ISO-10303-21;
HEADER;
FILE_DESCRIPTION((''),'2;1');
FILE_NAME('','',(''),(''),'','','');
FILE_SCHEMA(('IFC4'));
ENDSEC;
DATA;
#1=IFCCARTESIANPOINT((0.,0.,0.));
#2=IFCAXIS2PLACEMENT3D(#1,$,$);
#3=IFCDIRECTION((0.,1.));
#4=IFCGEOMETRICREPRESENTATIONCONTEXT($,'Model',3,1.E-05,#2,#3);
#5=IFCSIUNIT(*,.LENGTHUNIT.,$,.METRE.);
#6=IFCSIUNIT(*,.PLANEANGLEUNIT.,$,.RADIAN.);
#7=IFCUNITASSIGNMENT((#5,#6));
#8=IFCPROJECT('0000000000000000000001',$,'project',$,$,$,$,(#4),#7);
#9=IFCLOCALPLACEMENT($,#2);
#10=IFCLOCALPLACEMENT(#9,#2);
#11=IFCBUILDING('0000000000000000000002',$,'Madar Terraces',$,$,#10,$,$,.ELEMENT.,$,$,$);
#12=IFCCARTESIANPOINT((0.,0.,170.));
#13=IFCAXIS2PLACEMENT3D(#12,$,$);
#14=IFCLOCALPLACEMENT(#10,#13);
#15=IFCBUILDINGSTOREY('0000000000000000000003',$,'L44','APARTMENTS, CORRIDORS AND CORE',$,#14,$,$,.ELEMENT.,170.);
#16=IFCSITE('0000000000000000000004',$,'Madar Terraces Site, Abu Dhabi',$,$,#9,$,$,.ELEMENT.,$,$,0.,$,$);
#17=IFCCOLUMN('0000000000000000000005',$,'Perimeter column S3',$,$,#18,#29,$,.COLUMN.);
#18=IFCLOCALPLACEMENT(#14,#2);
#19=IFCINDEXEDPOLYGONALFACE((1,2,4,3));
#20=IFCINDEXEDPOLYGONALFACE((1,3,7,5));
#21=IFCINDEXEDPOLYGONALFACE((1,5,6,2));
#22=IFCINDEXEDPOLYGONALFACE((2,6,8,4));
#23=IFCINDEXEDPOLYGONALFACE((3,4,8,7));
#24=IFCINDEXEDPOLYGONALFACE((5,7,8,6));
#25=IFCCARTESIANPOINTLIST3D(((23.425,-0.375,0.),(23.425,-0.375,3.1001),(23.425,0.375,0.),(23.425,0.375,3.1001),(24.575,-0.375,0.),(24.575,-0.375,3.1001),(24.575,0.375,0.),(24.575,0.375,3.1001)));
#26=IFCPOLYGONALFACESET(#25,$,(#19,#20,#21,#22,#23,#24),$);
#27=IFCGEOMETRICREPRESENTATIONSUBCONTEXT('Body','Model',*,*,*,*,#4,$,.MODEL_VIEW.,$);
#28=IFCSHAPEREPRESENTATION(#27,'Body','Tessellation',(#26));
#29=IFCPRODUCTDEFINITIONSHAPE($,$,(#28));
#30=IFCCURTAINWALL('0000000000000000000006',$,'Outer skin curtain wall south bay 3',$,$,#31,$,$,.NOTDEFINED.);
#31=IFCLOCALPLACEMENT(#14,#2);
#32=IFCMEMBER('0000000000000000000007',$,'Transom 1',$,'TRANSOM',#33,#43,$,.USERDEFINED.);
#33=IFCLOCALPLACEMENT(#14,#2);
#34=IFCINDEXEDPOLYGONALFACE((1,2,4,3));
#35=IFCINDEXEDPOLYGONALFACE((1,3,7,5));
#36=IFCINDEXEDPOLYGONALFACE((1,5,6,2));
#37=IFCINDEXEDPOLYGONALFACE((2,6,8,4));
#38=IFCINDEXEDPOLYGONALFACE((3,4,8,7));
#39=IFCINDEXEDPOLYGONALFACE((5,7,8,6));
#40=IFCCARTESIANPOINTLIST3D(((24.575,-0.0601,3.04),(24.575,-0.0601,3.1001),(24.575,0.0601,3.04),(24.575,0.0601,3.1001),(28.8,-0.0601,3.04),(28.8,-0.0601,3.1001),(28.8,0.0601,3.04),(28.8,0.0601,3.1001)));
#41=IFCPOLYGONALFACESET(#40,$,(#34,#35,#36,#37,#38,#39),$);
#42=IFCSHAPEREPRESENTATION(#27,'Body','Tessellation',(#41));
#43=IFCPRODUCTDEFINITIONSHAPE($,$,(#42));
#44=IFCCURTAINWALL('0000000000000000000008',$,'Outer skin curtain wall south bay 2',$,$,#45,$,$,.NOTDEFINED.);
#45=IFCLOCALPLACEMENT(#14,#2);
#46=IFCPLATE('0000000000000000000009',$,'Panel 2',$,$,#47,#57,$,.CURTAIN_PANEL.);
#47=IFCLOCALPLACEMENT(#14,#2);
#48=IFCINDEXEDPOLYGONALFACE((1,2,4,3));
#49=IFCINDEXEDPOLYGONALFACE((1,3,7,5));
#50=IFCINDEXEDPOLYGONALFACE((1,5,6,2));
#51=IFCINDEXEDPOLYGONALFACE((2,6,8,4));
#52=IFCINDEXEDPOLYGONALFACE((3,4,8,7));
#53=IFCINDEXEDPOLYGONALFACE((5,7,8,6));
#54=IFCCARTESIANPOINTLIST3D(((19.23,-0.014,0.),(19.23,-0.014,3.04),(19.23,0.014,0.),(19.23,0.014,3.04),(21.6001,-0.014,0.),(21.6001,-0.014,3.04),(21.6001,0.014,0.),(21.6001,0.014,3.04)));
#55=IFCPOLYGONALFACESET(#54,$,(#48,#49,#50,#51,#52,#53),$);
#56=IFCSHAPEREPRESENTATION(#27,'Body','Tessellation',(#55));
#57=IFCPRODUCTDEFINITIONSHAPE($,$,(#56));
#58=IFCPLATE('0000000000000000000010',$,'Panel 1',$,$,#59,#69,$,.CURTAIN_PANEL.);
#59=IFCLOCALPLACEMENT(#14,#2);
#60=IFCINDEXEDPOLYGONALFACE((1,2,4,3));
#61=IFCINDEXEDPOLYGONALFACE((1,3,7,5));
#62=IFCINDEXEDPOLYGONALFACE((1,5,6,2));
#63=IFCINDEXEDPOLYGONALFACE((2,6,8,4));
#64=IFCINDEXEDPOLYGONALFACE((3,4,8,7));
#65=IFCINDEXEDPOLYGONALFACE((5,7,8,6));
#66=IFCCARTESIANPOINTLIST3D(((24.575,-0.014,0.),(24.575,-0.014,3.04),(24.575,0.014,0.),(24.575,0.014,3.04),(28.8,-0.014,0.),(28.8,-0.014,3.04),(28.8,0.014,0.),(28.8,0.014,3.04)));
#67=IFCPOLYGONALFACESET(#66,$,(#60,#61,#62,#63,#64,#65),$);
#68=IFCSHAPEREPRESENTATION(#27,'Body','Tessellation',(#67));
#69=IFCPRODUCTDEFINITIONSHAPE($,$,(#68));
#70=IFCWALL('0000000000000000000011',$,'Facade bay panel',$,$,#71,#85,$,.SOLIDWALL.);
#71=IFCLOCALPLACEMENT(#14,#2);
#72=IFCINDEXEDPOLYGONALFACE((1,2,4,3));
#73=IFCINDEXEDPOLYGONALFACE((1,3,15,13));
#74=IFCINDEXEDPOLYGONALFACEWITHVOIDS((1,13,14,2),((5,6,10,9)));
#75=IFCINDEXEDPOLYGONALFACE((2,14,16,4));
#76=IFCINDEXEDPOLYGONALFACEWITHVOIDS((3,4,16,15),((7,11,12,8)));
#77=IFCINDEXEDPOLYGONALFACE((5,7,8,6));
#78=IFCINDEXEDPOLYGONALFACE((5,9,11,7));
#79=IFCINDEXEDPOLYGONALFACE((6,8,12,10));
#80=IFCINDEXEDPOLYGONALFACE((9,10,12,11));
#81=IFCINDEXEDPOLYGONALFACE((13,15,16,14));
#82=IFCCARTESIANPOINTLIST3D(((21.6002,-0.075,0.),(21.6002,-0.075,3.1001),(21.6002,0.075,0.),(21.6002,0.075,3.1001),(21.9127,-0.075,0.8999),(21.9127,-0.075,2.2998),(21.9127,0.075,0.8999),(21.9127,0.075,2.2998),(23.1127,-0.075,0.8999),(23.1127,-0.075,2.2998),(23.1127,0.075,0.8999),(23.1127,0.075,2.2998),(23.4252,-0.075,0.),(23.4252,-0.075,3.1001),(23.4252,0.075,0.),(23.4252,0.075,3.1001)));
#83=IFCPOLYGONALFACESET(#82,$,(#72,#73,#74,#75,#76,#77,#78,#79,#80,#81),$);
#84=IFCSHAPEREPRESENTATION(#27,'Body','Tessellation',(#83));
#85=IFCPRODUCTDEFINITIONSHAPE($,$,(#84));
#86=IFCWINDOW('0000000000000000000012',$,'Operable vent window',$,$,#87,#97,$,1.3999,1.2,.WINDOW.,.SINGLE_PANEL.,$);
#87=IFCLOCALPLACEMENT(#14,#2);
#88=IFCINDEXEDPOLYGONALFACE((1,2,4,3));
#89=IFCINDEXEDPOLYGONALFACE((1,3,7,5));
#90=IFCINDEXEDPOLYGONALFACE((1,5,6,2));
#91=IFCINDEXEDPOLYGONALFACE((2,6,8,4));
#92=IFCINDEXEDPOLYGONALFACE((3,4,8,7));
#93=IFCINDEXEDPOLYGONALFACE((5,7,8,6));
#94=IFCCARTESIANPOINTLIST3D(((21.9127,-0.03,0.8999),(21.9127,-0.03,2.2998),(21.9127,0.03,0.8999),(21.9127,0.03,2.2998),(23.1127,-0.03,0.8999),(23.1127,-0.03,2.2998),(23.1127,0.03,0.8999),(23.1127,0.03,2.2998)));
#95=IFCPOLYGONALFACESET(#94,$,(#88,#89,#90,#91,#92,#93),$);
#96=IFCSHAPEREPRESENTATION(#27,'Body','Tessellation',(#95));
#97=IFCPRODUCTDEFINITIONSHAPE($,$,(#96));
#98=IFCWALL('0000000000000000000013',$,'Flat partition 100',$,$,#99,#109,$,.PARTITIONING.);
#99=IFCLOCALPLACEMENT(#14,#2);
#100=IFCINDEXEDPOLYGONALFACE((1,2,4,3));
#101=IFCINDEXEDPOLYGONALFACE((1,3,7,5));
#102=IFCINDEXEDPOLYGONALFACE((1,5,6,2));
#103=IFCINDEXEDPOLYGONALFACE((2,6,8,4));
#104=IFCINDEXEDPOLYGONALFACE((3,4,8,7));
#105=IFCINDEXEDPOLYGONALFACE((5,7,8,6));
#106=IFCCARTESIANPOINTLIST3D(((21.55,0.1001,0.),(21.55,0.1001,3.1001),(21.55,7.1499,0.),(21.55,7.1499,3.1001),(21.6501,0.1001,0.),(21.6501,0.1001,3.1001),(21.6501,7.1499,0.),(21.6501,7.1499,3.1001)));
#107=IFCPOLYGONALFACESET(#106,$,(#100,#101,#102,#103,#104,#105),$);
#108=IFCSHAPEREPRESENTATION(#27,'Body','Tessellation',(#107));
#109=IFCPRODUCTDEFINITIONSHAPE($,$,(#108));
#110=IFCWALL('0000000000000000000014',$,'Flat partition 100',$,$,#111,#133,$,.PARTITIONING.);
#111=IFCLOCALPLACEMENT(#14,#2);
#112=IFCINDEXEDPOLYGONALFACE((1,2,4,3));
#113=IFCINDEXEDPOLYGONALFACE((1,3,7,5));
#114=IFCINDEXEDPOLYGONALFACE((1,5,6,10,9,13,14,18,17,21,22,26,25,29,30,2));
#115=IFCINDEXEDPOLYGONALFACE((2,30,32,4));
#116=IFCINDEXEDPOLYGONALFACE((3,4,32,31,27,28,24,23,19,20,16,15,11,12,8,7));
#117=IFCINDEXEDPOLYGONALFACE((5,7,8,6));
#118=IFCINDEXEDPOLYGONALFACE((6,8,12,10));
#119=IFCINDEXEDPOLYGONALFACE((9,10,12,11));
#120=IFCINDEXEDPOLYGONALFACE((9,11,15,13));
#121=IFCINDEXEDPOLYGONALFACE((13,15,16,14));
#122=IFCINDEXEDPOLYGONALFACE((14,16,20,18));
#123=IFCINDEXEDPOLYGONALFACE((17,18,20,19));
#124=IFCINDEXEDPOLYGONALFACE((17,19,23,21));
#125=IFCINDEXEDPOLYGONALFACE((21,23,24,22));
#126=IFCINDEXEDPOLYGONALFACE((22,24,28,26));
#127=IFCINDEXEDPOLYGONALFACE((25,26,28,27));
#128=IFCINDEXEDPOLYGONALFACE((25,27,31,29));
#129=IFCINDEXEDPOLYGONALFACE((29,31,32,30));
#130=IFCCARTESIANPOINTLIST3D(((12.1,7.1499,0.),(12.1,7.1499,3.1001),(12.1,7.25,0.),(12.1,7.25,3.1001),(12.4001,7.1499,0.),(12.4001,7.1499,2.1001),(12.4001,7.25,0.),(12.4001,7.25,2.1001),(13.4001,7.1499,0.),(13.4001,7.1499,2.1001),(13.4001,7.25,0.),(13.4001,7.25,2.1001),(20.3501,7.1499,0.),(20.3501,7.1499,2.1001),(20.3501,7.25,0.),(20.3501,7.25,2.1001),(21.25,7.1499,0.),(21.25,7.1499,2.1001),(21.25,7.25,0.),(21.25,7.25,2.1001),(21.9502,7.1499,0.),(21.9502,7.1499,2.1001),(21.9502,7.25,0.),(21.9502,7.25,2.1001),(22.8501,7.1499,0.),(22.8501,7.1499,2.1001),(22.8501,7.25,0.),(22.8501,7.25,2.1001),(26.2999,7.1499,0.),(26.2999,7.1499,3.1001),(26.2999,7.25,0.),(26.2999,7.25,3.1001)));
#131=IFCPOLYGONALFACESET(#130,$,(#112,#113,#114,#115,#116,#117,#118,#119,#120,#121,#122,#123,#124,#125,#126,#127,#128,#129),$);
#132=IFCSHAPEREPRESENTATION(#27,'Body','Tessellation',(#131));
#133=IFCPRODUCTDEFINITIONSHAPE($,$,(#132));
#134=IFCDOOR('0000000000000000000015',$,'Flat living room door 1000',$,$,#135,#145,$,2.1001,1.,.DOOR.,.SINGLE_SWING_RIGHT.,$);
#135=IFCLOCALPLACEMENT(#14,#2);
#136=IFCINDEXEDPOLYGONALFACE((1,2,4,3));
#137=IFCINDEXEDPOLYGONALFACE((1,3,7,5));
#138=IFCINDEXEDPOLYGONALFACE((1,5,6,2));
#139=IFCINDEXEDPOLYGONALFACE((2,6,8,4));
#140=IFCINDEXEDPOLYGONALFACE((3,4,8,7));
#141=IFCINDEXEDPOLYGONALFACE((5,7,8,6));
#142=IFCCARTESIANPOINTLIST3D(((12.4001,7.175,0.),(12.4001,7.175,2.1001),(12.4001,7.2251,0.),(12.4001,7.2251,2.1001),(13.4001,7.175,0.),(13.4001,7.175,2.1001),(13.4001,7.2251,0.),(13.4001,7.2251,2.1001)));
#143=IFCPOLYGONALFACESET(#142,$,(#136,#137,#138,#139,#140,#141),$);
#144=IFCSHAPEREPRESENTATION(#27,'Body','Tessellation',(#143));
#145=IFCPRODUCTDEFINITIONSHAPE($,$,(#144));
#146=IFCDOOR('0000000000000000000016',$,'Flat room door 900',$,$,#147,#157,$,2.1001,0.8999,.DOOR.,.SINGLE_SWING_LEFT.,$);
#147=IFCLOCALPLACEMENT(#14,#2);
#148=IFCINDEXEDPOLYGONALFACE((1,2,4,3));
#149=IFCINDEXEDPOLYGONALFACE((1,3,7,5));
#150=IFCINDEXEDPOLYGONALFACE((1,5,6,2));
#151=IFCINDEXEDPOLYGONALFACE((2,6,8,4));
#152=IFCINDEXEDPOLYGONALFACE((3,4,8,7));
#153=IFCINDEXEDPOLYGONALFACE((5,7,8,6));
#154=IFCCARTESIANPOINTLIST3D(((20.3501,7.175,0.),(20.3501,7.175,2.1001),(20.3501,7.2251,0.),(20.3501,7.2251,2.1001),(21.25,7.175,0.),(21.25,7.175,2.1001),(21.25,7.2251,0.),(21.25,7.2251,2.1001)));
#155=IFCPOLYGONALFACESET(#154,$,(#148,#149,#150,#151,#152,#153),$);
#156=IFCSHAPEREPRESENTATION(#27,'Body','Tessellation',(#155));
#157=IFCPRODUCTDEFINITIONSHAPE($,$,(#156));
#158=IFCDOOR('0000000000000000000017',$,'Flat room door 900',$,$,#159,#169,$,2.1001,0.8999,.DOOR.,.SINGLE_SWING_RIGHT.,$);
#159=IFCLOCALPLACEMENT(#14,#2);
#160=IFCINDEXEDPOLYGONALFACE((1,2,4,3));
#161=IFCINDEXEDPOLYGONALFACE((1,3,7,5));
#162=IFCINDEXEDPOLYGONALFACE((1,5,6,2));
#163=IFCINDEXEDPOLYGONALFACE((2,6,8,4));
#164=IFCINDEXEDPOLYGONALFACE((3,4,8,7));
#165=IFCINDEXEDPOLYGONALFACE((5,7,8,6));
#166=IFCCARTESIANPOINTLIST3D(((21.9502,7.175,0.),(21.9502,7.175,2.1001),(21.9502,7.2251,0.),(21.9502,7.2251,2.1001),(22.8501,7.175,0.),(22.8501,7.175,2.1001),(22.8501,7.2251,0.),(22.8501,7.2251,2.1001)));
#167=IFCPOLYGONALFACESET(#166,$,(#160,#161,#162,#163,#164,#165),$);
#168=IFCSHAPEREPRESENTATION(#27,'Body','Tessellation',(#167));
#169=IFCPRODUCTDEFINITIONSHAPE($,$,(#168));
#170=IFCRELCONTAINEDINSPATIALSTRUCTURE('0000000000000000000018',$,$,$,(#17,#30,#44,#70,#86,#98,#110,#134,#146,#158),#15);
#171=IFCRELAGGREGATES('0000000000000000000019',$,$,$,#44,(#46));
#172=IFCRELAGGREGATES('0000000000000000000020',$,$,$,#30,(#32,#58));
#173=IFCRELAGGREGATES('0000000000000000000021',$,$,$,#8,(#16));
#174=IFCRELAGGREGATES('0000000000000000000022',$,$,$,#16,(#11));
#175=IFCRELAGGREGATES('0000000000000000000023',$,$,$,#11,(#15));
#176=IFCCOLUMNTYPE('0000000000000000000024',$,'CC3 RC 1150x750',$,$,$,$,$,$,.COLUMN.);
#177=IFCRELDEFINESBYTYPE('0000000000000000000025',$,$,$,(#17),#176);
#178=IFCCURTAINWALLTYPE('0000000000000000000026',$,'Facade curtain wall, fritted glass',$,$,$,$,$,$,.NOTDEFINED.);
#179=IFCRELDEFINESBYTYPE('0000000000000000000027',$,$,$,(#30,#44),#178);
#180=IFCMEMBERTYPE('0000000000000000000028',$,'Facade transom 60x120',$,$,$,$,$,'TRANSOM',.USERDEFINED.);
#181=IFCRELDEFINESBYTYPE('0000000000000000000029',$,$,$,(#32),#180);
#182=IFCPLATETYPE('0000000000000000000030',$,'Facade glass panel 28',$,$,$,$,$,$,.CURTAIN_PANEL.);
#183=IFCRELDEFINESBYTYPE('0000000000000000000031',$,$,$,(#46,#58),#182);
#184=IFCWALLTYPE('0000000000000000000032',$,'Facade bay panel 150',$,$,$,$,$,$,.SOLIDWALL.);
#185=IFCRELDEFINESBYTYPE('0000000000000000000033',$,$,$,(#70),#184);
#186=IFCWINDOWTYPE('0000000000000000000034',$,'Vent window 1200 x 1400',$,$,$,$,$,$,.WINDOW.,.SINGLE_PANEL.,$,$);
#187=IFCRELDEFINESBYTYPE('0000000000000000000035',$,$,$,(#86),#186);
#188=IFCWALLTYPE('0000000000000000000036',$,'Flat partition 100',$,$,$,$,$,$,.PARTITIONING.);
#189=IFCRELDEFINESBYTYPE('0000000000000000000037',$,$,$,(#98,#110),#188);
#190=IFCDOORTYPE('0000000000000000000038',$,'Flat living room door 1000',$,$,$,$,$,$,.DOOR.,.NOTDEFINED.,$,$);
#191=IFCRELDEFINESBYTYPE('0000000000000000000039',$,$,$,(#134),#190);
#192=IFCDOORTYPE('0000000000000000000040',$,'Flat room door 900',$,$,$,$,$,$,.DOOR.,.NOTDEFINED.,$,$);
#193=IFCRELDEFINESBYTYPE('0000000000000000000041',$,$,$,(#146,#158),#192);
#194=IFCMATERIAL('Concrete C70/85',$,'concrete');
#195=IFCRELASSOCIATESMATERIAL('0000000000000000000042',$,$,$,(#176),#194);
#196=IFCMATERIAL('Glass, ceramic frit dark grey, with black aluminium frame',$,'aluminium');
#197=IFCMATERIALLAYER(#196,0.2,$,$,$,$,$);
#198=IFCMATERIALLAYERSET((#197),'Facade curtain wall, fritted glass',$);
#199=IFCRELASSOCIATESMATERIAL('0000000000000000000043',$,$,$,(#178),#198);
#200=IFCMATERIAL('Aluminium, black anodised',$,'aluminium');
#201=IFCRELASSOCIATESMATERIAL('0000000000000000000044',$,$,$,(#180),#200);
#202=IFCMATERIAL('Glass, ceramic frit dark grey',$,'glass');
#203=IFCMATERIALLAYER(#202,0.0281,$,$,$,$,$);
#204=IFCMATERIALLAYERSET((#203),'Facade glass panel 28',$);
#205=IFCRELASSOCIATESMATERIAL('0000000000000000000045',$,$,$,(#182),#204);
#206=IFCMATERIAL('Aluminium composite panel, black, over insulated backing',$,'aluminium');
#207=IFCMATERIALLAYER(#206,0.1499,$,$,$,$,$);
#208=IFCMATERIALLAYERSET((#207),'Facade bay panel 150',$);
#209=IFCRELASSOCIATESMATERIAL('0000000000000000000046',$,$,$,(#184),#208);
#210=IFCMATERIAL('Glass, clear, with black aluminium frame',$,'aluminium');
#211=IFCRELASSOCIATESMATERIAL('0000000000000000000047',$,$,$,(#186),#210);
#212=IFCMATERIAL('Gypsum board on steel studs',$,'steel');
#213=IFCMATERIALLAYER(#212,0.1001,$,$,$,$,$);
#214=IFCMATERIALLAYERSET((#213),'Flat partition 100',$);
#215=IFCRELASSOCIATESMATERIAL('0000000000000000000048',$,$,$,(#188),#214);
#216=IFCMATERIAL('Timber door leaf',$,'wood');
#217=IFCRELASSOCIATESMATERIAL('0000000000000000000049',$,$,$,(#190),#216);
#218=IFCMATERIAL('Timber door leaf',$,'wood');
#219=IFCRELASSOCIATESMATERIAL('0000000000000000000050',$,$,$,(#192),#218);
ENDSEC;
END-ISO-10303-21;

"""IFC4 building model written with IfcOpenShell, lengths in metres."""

from ifc_helpers import new_model, si_unit, direction, frame, frame_2d, origin, origin_2d, place, context, subcontext, project, spatial, rectangle, extrude, material, layer, layer_set, material_profile, profile_set, type_object, element, fill, aggregate, save


model = new_model("IFC4")

# Units and contexts
model_context = context("Model", 3, precision=1e-05, world=origin(), true_north=direction((0.0, 1.0)))
body_context = subcontext(model_context, "Body", "Model", "MODEL_VIEW")
ifc_project = project(units=[si_unit("LENGTHUNIT", "METRE"), si_unit("PLANEANGLEUNIT", "RADIAN")], contexts=[model_context])

# Site, building, storey
site_placement = place(None, origin())
site = spatial("IfcSite", under=ifc_project, at=site_placement, Name="Madar Terraces Site, Abu Dhabi", CompositionType="ELEMENT", RefElevation=0.0)
building_placement = place(site_placement, origin())
building = spatial("IfcBuilding", under=site, at=building_placement, Name="Madar Terraces", CompositionType="ELEMENT")
storey_placement = place(building_placement, frame((0.0, 0.0, 170.0)))
storey = spatial("IfcBuildingStorey", under=building, at=storey_placement, Name="L44", Description="APARTMENTS, CORRIDORS AND CORE", CompositionType="ELEMENT", Elevation=170.0)

# Column
ifc_material_1 = material(Name="Concrete C70/85", Category="concrete")
ifc_material_profile_1 = material_profile(ifc_material_1, rectangle(XDim=1.1499, YDim=0.75, at=origin_2d()), Name="CC3 RC 1150x750")
ifc_profile_set_1 = profile_set([ifc_material_profile_1], Name="Concrete C70/85")
column_type = type_object("IfcColumnType", Name="CC3 RC 1150x750", PredefinedType="COLUMN", material=ifc_profile_set_1)
column_placement = place(storey_placement, frame((24.0, 0.0, 0.0), z_axis=(0.0, 0.0, 1.0), x_axis=(1.0, 0.0, 0.0)))
element("IfcColumn", 1, at=column_placement, inside=storey, type_object=column_type, Name="Perimeter column S3", PredefinedType="COLUMN", context=body_context, shape_type="SweptSolid", body=[
    extrude(rectangle(XDim=1.1499, YDim=0.75, at=origin_2d()), origin(), (0.0, 0.0, 1.0), 3.1001),
])

# Curtain wall, member
ifc_material_2 = material(Name="Glass, ceramic frit dark grey, with black aluminium frame", Category="aluminium")
ifc_layer_1 = layer(ifc_material_2, 0.2)
ifc_layer_set_1 = layer_set([ifc_layer_1], Name="Facade curtain wall, fritted glass")
curtain_wall_type = type_object("IfcCurtainWallType", Name="Facade curtain wall, fritted glass", PredefinedType="NOTDEFINED", material=ifc_layer_set_1)
curtain_wall_1_placement = place(storey_placement, origin())
curtain_wall_1 = element("IfcCurtainWall", 2, at=curtain_wall_1_placement, inside=storey, type_object=curtain_wall_type, Name="Outer skin curtain wall south bay 3", PredefinedType="NOTDEFINED")
ifc_material_3 = material(Name="Aluminium, black anodised", Category="aluminium")
ifc_material_profile_2 = material_profile(ifc_material_3, rectangle(XDim=0.1201, YDim=0.0601, at=origin_2d()), Name="Facade transom 60x120")
ifc_profile_set_2 = profile_set([ifc_material_profile_2], Name="Aluminium, black anodised")
member_type = type_object("IfcMemberType", Name="Facade transom 60x120", ElementType="TRANSOM", PredefinedType="USERDEFINED", material=ifc_profile_set_2)
member_placement = place(storey_placement, frame((24.575, 0.0, 3.0701), z_axis=(1.0, 0.0, 0.0), x_axis=(0.0, 1.0, 0.0)))
member = element("IfcMember", 3, at=member_placement, type_object=member_type, Name="Transom 1", ObjectType="TRANSOM", PredefinedType="USERDEFINED", context=body_context, shape_type="SweptSolid", body=[
    extrude(rectangle(XDim=0.1201, YDim=0.0601, at=origin_2d()), origin(), (0.0, 0.0, 1.0), 4.2251),
])

# Curtain wall, plate
curtain_wall_2_placement = place(storey_placement, origin())
curtain_wall_2 = element("IfcCurtainWall", 4, at=curtain_wall_2_placement, inside=storey, type_object=curtain_wall_type, Name="Outer skin curtain wall south bay 2", PredefinedType="NOTDEFINED")
ifc_material_4 = material(Name="Glass, ceramic frit dark grey", Category="glass")
ifc_layer_2 = layer(ifc_material_4, 0.0281)
ifc_layer_set_2 = layer_set([ifc_layer_2], Name="Facade glass panel 28")
plate_type = type_object("IfcPlateType", Name="Facade glass panel 28", PredefinedType="CURTAIN_PANEL", material=ifc_layer_set_2)
plate_1_placement = place(storey_placement, frame((20.415, 0.0, 0.0), z_axis=(0.0, 0.0, 1.0), x_axis=(1.0, 0.0, 0.0)))
plate_1 = element("IfcPlate", 5, at=plate_1_placement, type_object=plate_type, Name="Panel 2", PredefinedType="CURTAIN_PANEL", context=body_context, shape_type="SweptSolid", body=[
    extrude(rectangle(XDim=2.3701, YDim=0.0281, at=origin_2d()), origin(), (0.0, 0.0, 1.0), 3.04),
])
aggregate(curtain_wall_2, [plate_1])

# Plate
plate_2_placement = place(storey_placement, frame((26.6875, 0.0, 0.0), z_axis=(0.0, 0.0, 1.0), x_axis=(1.0, 0.0, 0.0)))
plate_2 = element("IfcPlate", 6, at=plate_2_placement, type_object=plate_type, Name="Panel 1", PredefinedType="CURTAIN_PANEL", context=body_context, shape_type="SweptSolid", body=[
    extrude(rectangle(XDim=4.2251, YDim=0.0281, at=origin_2d()), origin(), (0.0, 0.0, 1.0), 3.04),
])
aggregate(curtain_wall_1, [member, plate_2])

# Wall, opening, window
ifc_material_5 = material(Name="Aluminium composite panel, black, over insulated backing", Category="aluminium")
ifc_layer_3 = layer(ifc_material_5, 0.1499)
ifc_layer_set_3 = layer_set([ifc_layer_3], Name="Facade bay panel 150")
wall_type_1 = type_object("IfcWallType", Name="Facade bay panel 150", PredefinedType="SOLIDWALL", material=ifc_layer_set_3)
wall_1_placement = place(storey_placement, frame((21.6001, 0.0, 0.0), z_axis=(0.0, 0.0, 1.0), x_axis=(1.0, 0.0, 0.0)))
wall_1 = element("IfcWall", 7, at=wall_1_placement, inside=storey, type_object=wall_type_1, Name="Facade bay panel", PredefinedType="SOLIDWALL", context=body_context, shape_type="SweptSolid", body=[
    extrude(rectangle(XDim=1.825, YDim=0.1499, at=frame_2d((0.9126, 0.0))), origin(), (0.0, 0.0, 1.0), 3.1001),
])
opening_1_placement = place(wall_1_placement, frame((0.3125, 0.0, 0.8999)))
opening_1 = element("IfcOpeningElement", 8, at=opening_1_placement, cuts=wall_1, PredefinedType="OPENING", context=body_context, shape_type="SweptSolid", body=[
    extrude(rectangle(XDim=1.2, YDim=1.3999, at=frame_2d((0.6001, 0.7))), frame((0.0, 0.085, 0.0), z_axis=(0.0, -1.0, 0.0), x_axis=(1.0, 0.0, 0.0)), (0.0, 0.0, 1.0), 0.1699),
])
ifc_material_6 = material(Name="Glass, clear, with black aluminium frame", Category="aluminium")
window_type = type_object("IfcWindowType", Name="Vent window 1200 x 1400", PartitioningType="SINGLE_PANEL", PredefinedType="WINDOW", material=ifc_material_6)
window_placement = place(opening_1_placement, origin())
window = element("IfcWindow", 9, at=window_placement, inside=storey, type_object=window_type, Name="Operable vent window", OverallHeight=1.3999, OverallWidth=1.2, PartitioningType="SINGLE_PANEL", PredefinedType="WINDOW", context=body_context, shape_type="SweptSolid", body=[
    extrude(rectangle(XDim=1.2, YDim=1.3999, at=frame_2d((0.6001, 0.7))), frame((0.0, 0.03, 0.0), z_axis=(0.0, -1.0, 0.0), x_axis=(1.0, 0.0, 0.0)), (0.0, 0.0, 1.0), 0.0601),
])
fill(opening_1, window)

# Wall
ifc_material_7 = material(Name="Gypsum board on steel studs", Category="steel")
ifc_layer_4 = layer(ifc_material_7, 0.1001)
ifc_layer_set_4 = layer_set([ifc_layer_4], Name="Flat partition 100")
wall_type_2 = type_object("IfcWallType", Name="Flat partition 100", PredefinedType="PARTITIONING", material=ifc_layer_set_4)
wall_2_placement = place(storey_placement, frame((21.6001, 7.1499, 0.0), z_axis=(0.0, 0.0, 1.0), x_axis=(0.0, -1.0, 0.0)))
element("IfcWall", 10, at=wall_2_placement, inside=storey, type_object=wall_type_2, Name="Flat partition 100", PredefinedType="PARTITIONING", context=body_context, shape_type="SweptSolid", body=[
    extrude(rectangle(XDim=7.0498, YDim=0.1001, at=frame_2d((3.5249, 0.0))), origin(), (0.0, 0.0, 1.0), 3.1001),
])

# Wall, openings, doors
wall_3_placement = place(storey_placement, frame((26.3, 7.2, 0.0), z_axis=(0.0, 0.0, 1.0), x_axis=(-1.0, 0.0, 0.0)))
wall_3 = element("IfcWall", 11, at=wall_3_placement, inside=storey, type_object=wall_type_2, Name="Flat partition 100", PredefinedType="PARTITIONING", context=body_context, shape_type="SweptSolid", body=[
    extrude(rectangle(XDim=14.2, YDim=0.1001, at=frame_2d((7.1001, 0.0))), origin(), (0.0, 0.0, 1.0), 3.1001),
])
opening_2_placement = place(wall_3_placement, frame((12.8999, 0.0, 0.0)))
opening_2 = element("IfcOpeningElement", 12, at=opening_2_placement, cuts=wall_3, PredefinedType="OPENING", context=body_context, shape_type="SweptSolid", body=[
    extrude(rectangle(XDim=1.0, YDim=2.1001, at=frame_2d((0.5, 1.05))), frame((0.0, 0.0601, 0.0), z_axis=(0.0, -1.0, 0.0), x_axis=(1.0, 0.0, 0.0)), (0.0, 0.0, 1.0), 0.1201),
])
opening_3_placement = place(wall_3_placement, frame((5.05, 0.0, 0.0)))
opening_3 = element("IfcOpeningElement", 13, at=opening_3_placement, cuts=wall_3, PredefinedType="OPENING", context=body_context, shape_type="SweptSolid", body=[
    extrude(rectangle(XDim=0.8999, YDim=2.1001, at=frame_2d((0.45, 1.05))), frame((0.0, 0.0601, 0.0), z_axis=(0.0, -1.0, 0.0), x_axis=(1.0, 0.0, 0.0)), (0.0, 0.0, 1.0), 0.1201),
])
opening_4_placement = place(wall_3_placement, frame((3.45, 0.0, 0.0)))
opening_4 = element("IfcOpeningElement", 14, at=opening_4_placement, cuts=wall_3, PredefinedType="OPENING", context=body_context, shape_type="SweptSolid", body=[
    extrude(rectangle(XDim=0.8999, YDim=2.1001, at=frame_2d((0.45, 1.05))), frame((0.0, 0.0601, 0.0), z_axis=(0.0, -1.0, 0.0), x_axis=(1.0, 0.0, 0.0)), (0.0, 0.0, 1.0), 0.1201),
])
ifc_material_8 = material(Name="Timber door leaf", Category="wood")
door_type_1 = type_object("IfcDoorType", Name="Flat living room door 1000", OperationType="NOTDEFINED", PredefinedType="DOOR", material=ifc_material_8)
door_1_placement = place(opening_2_placement, origin())
door_1 = element("IfcDoor", 15, at=door_1_placement, inside=storey, type_object=door_type_1, Name="Flat living room door 1000", OperationType="SINGLE_SWING_RIGHT", OverallHeight=2.1001, OverallWidth=1.0, PredefinedType="DOOR", context=body_context, shape_type="SweptSolid", body=[
    extrude(rectangle(XDim=1.0, YDim=2.1001, at=frame_2d((0.5, 1.05))), frame((0.0, 0.0249, 0.0), z_axis=(0.0, -1.0, 0.0), x_axis=(1.0, 0.0, 0.0)), (0.0, 0.0, 1.0), 0.05),
])
fill(opening_2, door_1)
ifc_material_9 = material(Name="Timber door leaf", Category="wood")
door_type_2 = type_object("IfcDoorType", Name="Flat room door 900", OperationType="NOTDEFINED", PredefinedType="DOOR", material=ifc_material_9)
door_2_placement = place(opening_3_placement, origin())
door_2 = element("IfcDoor", 16, at=door_2_placement, inside=storey, type_object=door_type_2, Name="Flat room door 900", OperationType="SINGLE_SWING_LEFT", OverallHeight=2.1001, OverallWidth=0.8999, PredefinedType="DOOR", context=body_context, shape_type="SweptSolid", body=[
    extrude(rectangle(XDim=0.8999, YDim=2.1001, at=frame_2d((0.45, 1.05))), frame((0.0, 0.0249, 0.0), z_axis=(0.0, -1.0, 0.0), x_axis=(1.0, 0.0, 0.0)), (0.0, 0.0, 1.0), 0.05),
])
fill(opening_3, door_2)
door_3_placement = place(opening_4_placement, origin())
door_3 = element("IfcDoor", 17, at=door_3_placement, inside=storey, type_object=door_type_2, Name="Flat room door 900", OperationType="SINGLE_SWING_RIGHT", OverallHeight=2.1001, OverallWidth=0.8999, PredefinedType="DOOR", context=body_context, shape_type="SweptSolid", body=[
    extrude(rectangle(XDim=0.8999, YDim=2.1001, at=frame_2d((0.45, 1.05))), frame((0.0, 0.0249, 0.0), z_axis=(0.0, -1.0, 0.0), x_axis=(1.0, 0.0, 0.0)), (0.0, 0.0, 1.0), 0.05),
])
fill(opening_4, door_3)

save(model, "model.ifc")
